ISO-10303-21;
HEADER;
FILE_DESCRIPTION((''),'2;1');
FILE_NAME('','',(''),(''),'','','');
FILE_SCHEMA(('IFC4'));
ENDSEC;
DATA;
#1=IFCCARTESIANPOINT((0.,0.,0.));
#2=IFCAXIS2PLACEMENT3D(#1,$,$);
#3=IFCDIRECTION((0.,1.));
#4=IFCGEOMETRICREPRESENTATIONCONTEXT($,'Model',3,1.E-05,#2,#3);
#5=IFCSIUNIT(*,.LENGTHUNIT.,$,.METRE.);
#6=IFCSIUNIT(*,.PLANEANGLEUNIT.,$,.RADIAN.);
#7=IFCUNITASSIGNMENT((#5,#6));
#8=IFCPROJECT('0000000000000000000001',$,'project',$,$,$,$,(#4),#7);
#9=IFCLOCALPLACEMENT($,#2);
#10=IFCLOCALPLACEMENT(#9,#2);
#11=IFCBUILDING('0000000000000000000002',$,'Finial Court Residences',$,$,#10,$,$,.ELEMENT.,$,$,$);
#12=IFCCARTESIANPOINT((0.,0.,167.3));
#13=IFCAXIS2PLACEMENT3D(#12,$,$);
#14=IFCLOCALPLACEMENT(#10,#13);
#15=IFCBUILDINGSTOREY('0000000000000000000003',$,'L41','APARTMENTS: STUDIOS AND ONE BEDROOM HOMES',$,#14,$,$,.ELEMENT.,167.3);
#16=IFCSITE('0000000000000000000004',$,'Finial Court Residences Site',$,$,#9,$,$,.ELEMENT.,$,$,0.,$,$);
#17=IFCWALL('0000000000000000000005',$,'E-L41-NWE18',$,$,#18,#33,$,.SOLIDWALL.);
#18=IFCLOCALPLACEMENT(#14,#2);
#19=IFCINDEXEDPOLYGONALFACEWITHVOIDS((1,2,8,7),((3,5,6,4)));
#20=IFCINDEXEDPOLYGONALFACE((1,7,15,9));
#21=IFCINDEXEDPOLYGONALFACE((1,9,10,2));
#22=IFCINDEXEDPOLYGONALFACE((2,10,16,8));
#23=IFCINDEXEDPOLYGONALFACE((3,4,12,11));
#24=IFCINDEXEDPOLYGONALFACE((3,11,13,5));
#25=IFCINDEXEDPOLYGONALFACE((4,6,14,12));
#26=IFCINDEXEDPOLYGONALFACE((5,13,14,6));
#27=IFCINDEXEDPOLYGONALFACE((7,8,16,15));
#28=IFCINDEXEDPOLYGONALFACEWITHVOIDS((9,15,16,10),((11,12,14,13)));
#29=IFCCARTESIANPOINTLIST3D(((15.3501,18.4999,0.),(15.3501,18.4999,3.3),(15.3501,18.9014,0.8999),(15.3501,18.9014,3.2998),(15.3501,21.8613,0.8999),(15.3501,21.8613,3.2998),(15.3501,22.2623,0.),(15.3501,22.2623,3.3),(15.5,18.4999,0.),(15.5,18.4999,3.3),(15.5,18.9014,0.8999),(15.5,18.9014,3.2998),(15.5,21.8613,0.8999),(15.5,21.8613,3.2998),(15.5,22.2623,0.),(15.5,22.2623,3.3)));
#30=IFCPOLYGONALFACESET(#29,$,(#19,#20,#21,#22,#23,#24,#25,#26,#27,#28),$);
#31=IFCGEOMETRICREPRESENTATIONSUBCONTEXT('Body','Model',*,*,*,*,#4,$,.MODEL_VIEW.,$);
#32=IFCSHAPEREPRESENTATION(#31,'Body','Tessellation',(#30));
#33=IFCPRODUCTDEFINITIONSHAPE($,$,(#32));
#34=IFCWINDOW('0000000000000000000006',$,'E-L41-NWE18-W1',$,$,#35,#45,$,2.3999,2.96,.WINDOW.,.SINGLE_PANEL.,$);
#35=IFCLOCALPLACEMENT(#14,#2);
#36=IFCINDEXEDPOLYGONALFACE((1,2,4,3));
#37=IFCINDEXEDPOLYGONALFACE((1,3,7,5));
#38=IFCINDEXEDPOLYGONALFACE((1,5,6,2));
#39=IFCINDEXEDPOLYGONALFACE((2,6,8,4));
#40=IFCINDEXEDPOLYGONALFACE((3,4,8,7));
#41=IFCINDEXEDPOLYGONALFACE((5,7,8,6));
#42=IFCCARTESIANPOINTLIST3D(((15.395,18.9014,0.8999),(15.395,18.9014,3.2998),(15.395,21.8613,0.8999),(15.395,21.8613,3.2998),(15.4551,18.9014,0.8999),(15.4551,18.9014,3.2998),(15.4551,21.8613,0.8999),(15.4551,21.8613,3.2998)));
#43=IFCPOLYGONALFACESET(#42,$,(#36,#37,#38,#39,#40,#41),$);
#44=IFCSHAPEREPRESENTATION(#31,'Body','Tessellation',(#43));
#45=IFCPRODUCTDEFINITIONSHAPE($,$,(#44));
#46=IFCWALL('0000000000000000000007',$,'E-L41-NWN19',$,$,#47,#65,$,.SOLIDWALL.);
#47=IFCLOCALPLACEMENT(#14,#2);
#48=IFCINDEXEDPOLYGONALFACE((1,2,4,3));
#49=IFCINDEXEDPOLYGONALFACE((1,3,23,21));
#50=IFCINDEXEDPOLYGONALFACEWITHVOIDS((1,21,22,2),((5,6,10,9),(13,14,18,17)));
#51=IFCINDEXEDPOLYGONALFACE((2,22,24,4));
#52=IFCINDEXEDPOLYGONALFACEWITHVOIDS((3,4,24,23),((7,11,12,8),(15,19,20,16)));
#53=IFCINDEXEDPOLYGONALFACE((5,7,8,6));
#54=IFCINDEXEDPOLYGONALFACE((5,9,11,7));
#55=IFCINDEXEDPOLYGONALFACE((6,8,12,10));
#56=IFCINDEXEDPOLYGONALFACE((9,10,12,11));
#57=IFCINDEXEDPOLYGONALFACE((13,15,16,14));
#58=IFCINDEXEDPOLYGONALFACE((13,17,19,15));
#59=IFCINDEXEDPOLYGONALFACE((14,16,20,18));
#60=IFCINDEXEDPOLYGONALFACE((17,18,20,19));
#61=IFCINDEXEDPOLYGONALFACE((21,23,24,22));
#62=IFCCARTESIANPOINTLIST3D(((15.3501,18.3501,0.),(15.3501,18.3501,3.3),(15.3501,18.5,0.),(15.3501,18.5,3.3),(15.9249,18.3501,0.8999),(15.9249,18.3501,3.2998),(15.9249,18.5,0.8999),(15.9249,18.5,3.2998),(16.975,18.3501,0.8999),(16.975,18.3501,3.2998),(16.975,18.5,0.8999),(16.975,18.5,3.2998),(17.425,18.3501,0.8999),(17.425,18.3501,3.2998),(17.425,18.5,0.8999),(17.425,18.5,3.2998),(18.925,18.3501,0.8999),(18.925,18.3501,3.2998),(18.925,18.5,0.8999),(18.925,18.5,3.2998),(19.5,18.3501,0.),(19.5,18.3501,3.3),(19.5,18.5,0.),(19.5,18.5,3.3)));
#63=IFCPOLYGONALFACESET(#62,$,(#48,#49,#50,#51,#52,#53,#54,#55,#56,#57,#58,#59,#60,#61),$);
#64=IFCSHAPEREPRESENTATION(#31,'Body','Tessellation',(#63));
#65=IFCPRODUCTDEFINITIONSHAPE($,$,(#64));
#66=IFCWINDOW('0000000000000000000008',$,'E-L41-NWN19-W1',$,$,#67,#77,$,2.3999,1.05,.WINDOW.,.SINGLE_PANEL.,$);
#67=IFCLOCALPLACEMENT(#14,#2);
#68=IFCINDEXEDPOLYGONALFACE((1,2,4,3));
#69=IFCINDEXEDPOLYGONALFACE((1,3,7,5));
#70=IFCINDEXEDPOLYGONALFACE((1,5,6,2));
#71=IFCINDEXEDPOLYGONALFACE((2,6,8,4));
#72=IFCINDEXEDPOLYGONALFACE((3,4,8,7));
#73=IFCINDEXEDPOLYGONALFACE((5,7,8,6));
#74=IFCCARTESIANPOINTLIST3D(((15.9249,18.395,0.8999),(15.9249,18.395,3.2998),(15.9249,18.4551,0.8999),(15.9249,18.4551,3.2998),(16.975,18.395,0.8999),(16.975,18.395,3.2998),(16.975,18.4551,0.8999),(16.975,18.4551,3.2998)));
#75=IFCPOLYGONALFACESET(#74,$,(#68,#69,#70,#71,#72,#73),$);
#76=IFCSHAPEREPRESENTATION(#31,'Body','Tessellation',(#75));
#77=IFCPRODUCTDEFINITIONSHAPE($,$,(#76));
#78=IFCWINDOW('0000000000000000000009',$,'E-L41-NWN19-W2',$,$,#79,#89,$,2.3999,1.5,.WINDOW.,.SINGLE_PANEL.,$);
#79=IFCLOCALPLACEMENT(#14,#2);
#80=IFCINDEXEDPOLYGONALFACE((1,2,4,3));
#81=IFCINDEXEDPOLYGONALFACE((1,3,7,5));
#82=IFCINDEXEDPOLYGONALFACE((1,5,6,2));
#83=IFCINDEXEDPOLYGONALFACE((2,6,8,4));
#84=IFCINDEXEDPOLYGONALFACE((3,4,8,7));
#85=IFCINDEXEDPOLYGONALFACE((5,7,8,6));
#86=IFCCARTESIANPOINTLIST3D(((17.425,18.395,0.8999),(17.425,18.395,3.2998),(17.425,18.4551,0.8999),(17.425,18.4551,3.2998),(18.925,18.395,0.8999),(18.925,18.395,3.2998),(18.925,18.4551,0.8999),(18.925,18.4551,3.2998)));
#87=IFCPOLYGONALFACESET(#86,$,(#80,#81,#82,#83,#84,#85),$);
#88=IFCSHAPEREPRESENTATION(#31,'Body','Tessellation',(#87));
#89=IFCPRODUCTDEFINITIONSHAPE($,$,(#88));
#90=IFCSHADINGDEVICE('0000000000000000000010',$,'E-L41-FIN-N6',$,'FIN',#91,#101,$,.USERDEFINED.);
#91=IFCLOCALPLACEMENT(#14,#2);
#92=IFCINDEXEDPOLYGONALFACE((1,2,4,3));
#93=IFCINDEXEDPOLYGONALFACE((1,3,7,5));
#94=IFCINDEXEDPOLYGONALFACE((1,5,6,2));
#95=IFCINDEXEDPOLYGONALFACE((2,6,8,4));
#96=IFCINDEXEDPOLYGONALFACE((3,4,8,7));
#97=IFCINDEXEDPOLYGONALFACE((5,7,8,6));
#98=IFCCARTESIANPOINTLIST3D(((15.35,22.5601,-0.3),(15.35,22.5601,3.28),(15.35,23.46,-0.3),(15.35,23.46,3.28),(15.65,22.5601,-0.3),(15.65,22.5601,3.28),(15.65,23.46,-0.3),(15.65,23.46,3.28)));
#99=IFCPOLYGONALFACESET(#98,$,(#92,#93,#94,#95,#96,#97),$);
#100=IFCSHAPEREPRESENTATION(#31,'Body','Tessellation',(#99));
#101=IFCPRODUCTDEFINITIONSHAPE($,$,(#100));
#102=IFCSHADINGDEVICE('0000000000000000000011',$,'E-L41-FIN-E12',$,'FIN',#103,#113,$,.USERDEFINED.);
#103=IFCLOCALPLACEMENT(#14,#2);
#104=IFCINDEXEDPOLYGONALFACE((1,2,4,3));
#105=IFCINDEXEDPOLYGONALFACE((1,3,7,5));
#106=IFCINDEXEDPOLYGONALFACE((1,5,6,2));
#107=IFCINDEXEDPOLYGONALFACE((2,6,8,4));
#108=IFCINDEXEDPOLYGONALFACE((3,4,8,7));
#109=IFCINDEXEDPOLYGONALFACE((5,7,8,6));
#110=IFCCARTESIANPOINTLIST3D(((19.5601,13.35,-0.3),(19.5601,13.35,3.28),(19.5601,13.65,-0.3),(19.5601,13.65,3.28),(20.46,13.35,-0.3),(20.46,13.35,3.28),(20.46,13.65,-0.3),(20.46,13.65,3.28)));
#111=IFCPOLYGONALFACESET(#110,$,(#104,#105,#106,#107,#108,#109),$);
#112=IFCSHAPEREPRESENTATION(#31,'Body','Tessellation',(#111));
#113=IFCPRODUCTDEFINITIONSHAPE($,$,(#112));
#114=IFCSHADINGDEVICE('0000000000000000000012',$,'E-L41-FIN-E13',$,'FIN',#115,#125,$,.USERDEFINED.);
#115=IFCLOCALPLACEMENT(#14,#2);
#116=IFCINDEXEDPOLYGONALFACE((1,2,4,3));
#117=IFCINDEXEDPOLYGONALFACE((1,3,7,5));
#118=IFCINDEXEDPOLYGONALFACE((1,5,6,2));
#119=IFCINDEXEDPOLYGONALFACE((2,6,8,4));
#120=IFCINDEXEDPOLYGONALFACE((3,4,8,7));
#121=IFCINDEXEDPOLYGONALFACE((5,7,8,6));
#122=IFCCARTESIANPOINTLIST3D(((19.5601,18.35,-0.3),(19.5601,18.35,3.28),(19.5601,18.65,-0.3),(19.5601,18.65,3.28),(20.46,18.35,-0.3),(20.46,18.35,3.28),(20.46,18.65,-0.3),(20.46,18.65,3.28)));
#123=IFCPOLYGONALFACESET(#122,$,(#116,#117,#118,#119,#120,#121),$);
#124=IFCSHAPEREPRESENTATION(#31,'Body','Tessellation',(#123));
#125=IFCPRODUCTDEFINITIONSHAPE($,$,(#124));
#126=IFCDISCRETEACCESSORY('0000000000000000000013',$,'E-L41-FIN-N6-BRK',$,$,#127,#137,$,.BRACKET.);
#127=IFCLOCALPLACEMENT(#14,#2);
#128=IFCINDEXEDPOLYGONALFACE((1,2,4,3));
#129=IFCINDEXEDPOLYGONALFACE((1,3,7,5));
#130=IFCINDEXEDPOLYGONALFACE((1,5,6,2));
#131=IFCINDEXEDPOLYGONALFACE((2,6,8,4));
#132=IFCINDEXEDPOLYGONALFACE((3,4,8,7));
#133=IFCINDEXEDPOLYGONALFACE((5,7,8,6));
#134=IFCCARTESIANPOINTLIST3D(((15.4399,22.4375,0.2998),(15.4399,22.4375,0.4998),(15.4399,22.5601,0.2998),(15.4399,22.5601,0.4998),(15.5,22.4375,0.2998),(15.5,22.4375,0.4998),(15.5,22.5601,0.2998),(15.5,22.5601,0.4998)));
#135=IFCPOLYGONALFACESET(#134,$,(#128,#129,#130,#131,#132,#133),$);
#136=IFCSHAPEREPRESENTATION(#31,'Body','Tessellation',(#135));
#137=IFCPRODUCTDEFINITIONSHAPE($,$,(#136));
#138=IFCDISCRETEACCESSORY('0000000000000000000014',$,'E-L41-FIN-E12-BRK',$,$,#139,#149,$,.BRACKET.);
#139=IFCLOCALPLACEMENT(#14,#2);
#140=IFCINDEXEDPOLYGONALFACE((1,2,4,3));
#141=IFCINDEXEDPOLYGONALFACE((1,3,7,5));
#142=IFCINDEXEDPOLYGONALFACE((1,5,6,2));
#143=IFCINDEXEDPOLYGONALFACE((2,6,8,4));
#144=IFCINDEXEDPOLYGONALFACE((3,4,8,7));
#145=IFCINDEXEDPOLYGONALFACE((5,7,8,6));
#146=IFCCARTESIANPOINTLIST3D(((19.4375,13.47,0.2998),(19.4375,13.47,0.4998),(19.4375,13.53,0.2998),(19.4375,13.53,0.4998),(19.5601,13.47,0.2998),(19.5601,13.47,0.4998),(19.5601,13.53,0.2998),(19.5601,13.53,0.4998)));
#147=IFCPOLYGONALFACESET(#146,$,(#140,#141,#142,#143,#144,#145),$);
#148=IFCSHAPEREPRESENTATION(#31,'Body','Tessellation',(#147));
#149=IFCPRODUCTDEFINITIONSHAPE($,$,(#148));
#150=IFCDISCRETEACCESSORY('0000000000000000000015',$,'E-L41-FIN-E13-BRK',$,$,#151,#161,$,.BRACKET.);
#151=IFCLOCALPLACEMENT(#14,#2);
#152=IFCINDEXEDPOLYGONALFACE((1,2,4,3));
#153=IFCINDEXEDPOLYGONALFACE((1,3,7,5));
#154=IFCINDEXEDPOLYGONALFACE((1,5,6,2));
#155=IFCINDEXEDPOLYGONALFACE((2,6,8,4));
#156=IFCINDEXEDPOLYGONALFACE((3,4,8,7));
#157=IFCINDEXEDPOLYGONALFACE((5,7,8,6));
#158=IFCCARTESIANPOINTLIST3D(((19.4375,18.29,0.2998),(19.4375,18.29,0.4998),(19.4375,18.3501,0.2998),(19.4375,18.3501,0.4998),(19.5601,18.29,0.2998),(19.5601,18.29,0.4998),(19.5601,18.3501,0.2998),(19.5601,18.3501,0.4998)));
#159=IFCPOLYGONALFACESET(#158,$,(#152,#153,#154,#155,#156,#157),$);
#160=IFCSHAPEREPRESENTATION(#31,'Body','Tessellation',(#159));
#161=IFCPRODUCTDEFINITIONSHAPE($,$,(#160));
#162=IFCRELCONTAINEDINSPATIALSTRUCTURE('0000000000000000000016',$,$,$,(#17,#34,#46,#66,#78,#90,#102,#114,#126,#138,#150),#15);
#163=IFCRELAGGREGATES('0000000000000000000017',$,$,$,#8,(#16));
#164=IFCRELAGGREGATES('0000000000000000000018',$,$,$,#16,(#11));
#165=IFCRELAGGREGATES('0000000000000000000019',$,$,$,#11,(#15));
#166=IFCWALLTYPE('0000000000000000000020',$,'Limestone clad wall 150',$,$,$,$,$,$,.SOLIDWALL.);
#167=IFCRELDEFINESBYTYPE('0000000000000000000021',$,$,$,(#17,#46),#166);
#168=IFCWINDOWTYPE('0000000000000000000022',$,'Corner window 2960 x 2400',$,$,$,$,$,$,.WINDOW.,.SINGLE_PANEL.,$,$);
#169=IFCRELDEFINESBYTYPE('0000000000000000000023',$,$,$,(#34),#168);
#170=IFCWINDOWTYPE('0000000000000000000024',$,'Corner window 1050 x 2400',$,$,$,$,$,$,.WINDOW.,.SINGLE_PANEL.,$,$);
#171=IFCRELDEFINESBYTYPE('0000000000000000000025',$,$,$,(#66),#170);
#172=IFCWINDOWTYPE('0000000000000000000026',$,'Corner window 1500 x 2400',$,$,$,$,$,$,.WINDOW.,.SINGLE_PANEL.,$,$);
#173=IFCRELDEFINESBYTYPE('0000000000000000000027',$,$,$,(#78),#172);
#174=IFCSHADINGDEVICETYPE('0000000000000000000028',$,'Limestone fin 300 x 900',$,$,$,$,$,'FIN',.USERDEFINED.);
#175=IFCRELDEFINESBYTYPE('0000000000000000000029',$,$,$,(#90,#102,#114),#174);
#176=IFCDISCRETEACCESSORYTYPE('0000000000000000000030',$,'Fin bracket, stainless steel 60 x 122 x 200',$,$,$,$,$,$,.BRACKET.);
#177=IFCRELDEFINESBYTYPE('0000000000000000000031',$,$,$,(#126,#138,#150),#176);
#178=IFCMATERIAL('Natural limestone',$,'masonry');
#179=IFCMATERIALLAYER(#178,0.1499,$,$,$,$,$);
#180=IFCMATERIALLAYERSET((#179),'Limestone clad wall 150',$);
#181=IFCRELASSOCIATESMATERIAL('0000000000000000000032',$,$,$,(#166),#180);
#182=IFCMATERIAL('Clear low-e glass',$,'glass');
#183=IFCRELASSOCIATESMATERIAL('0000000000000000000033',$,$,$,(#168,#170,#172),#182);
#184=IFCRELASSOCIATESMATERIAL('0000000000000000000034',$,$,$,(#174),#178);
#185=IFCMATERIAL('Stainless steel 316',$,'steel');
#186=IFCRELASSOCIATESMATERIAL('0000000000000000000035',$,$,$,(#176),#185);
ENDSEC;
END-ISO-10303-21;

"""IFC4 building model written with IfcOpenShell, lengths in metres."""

from ifc_helpers import new_model, si_unit, direction, frame, frame_2d, origin, origin_2d, place, context, subcontext, project, spatial, rectangle, extrude, material, layer, layer_set, type_object, element, fill, save


model = new_model("IFC4")

# Units and contexts
model_context = context("Model", 3, precision=1e-05, world=origin(), true_north=direction((0.0, 1.0)))
body_context = subcontext(model_context, "Body", "Model", "MODEL_VIEW")
ifc_project = project(units=[si_unit("LENGTHUNIT", "METRE"), si_unit("PLANEANGLEUNIT", "RADIAN")], contexts=[model_context])

# Site, building, storey
site_placement = place(None, origin())
site = spatial("IfcSite", under=ifc_project, at=site_placement, Name="Finial Court Residences Site", CompositionType="ELEMENT", RefElevation=0.0)
building_placement = place(site_placement, origin())
building = spatial("IfcBuilding", under=site, at=building_placement, Name="Finial Court Residences", CompositionType="ELEMENT")
storey_placement = place(building_placement, frame((0.0, 0.0, 167.3)))
storey = spatial("IfcBuildingStorey", under=building, at=storey_placement, Name="L41", Description="APARTMENTS: STUDIOS AND ONE BEDROOM HOMES", CompositionType="ELEMENT", Elevation=167.3)

# Shared definitions
ifc_material_1 = material(Name="Clear low-e glass", Category="glass")

# Wall, opening, window
ifc_material_2 = material(Name="Natural limestone", Category="masonry")
ifc_layer_1 = layer(ifc_material_2, 0.1499)
ifc_layer_set_1 = layer_set([ifc_layer_1], Name="Limestone clad wall 150")
wall_type_1 = type_object("IfcWallType", Name="Limestone clad wall 150", PredefinedType="SOLIDWALL", material=ifc_layer_set_1)
wall_1_placement = place(storey_placement, frame((15.425, 22.2625, 0.0), z_axis=(0.0, 0.0, 1.0), x_axis=(0.0, -1.0, 0.0)))
wall_1 = element("IfcWall", 1, at=wall_1_placement, inside=storey, type_object=wall_type_1, Name="E-L41-NWE18", PredefinedType="SOLIDWALL", context=body_context, shape_type="SweptSolid", body=[
    extrude(rectangle(XDim=3.7625, YDim=0.1499, at=frame_2d((1.8813, 0.0))), origin(), (0.0, 0.0, 1.0), 3.3),
])
opening_1_placement = place(wall_1_placement, frame((0.4011, 0.0, 0.8999)))
opening_1 = element("IfcOpeningElement", 2, at=opening_1_placement, cuts=wall_1, PredefinedType="OPENING", context=body_context, shape_type="SweptSolid", body=[
    extrude(rectangle(XDim=2.96, YDim=2.3999, at=frame_2d((1.48, 1.2))), frame((0.0, 0.085, 0.0), z_axis=(0.0, -1.0, 0.0), x_axis=(1.0, 0.0, 0.0)), (0.0, 0.0, 1.0), 0.1699),
])
window_type_1 = type_object("IfcWindowType", Name="Corner window 2960 x 2400", PartitioningType="SINGLE_PANEL", PredefinedType="WINDOW", material=ifc_material_1)
window_1_placement = place(opening_1_placement, origin())
window_1 = element("IfcWindow", 3, at=window_1_placement, inside=storey, type_object=window_type_1, Name="E-L41-NWE18-W1", OverallHeight=2.3999, OverallWidth=2.96, PartitioningType="SINGLE_PANEL", PredefinedType="WINDOW", context=body_context, shape_type="SweptSolid", body=[
    extrude(rectangle(XDim=2.96, YDim=2.3999, at=frame_2d((1.48, 1.2))), frame((0.0, 0.03, 0.0), z_axis=(0.0, -1.0, 0.0), x_axis=(1.0, 0.0, 0.0)), (0.0, 0.0, 1.0), 0.0601),
])
fill(opening_1, window_1)

# Wall, openings, windows
wall_2_placement = place(storey_placement, frame((15.3501, 18.425, 0.0), z_axis=(0.0, 0.0, 1.0), x_axis=(1.0, 0.0, 0.0)))
wall_2 = element("IfcWall", 4, at=wall_2_placement, inside=storey, type_object=wall_type_1, Name="E-L41-NWN19", PredefinedType="SOLIDWALL", context=body_context, shape_type="SweptSolid", body=[
    extrude(rectangle(XDim=4.1499, YDim=0.1499, at=frame_2d((2.075, 0.0))), origin(), (0.0, 0.0, 1.0), 3.3),
])
opening_2_placement = place(wall_2_placement, frame((0.575, 0.0, 0.8999)))
opening_2 = element("IfcOpeningElement", 5, at=opening_2_placement, cuts=wall_2, PredefinedType="OPENING", context=body_context, shape_type="SweptSolid", body=[
    extrude(rectangle(XDim=1.05, YDim=2.3999, at=frame_2d((0.5249, 1.2))), frame((0.0, 0.085, 0.0), z_axis=(0.0, -1.0, 0.0), x_axis=(1.0, 0.0, 0.0)), (0.0, 0.0, 1.0), 0.1699),
])
opening_3_placement = place(wall_2_placement, frame((2.075, 0.0, 0.8999)))
opening_3 = element("IfcOpeningElement", 6, at=opening_3_placement, cuts=wall_2, PredefinedType="OPENING", context=body_context, shape_type="SweptSolid", body=[
    extrude(rectangle(XDim=1.5, YDim=2.3999, at=frame_2d((0.75, 1.2))), frame((0.0, 0.085, 0.0), z_axis=(0.0, -1.0, 0.0), x_axis=(1.0, 0.0, 0.0)), (0.0, 0.0, 1.0), 0.1699),
])
window_type_2 = type_object("IfcWindowType", Name="Corner window 1050 x 2400", PartitioningType="SINGLE_PANEL", PredefinedType="WINDOW", material=ifc_material_1)
window_2_placement = place(opening_2_placement, origin())
window_2 = element("IfcWindow", 7, at=window_2_placement, inside=storey, type_object=window_type_2, Name="E-L41-NWN19-W1", OverallHeight=2.3999, OverallWidth=1.05, PartitioningType="SINGLE_PANEL", PredefinedType="WINDOW", context=body_context, shape_type="SweptSolid", body=[
    extrude(rectangle(XDim=1.05, YDim=2.3999, at=frame_2d((0.5249, 1.2))), frame((0.0, 0.03, 0.0), z_axis=(0.0, -1.0, 0.0), x_axis=(1.0, 0.0, 0.0)), (0.0, 0.0, 1.0), 0.0601),
])
fill(opening_2, window_2)
window_type_3 = type_object("IfcWindowType", Name="Corner window 1500 x 2400", PartitioningType="SINGLE_PANEL", PredefinedType="WINDOW", material=ifc_material_1)
window_3_placement = place(opening_3_placement, origin())
window_3 = element("IfcWindow", 8, at=window_3_placement, inside=storey, type_object=window_type_3, Name="E-L41-NWN19-W2", OverallHeight=2.3999, OverallWidth=1.5, PartitioningType="SINGLE_PANEL", PredefinedType="WINDOW", context=body_context, shape_type="SweptSolid", body=[
    extrude(rectangle(XDim=1.5, YDim=2.3999, at=frame_2d((0.75, 1.2))), frame((0.0, 0.03, 0.0), z_axis=(0.0, -1.0, 0.0), x_axis=(1.0, 0.0, 0.0)), (0.0, 0.0, 1.0), 0.0601),
])
fill(opening_3, window_3)

# Shading devices
shading_device_type = type_object("IfcShadingDeviceType", Name="Limestone fin 300 x 900", ElementType="FIN", PredefinedType="USERDEFINED", material=ifc_material_2)
shading_device_placement = place(storey_placement, frame((15.5, 23.01, -0.3), z_axis=(0.0, 0.0, 1.0), x_axis=(1.0, 0.0, 0.0)))
element("IfcShadingDevice", 9, at=shading_device_placement, inside=storey, type_object=shading_device_type, Name="E-L41-FIN-N6", ObjectType="FIN", PredefinedType="USERDEFINED", context=body_context, shape_type="SweptSolid", body=[
    extrude(rectangle(XDim=0.3, YDim=0.8999, at=origin_2d()), origin(), (0.0, 0.0, 1.0), 3.5801),
])
for number, where, z_axis, x_axis, name in (
    (10, (20.01, 13.5, -0.3), (0.0, 0.0, 1.0), (1.0, 0.0, 0.0), "E-L41-FIN-E12"),
    (11, (20.01, 18.5, -0.3), (0.0, 0.0, 1.0), (1.0, 0.0, 0.0), "E-L41-FIN-E13"),
):
    element("IfcShadingDevice", number, at=place(storey_placement, frame(where, z_axis=z_axis, x_axis=x_axis)), inside=storey, type_object=shading_device_type, Name=name, ObjectType="FIN", PredefinedType="USERDEFINED", context=body_context, shape_type="SweptSolid", body=[
        extrude(rectangle(XDim=0.8999, YDim=0.3, at=origin_2d()), origin(), (0.0, 0.0, 1.0), 3.5801),
    ])

# Discrete accessories
ifc_material_3 = material(Name="Stainless steel 316", Category="steel")
discrete_accessory_type = type_object("IfcDiscreteAccessoryType", Name="Fin bracket, stainless steel 60 x 122 x 200", PredefinedType="BRACKET", material=ifc_material_3)
discrete_accessory_placement = place(storey_placement, frame((15.47, 22.4988, 0.2998), z_axis=(0.0, 0.0, 1.0), x_axis=(1.0, 0.0, 0.0)))
element("IfcDiscreteAccessory", 12, at=discrete_accessory_placement, inside=storey, type_object=discrete_accessory_type, Name="E-L41-FIN-N6-BRK", PredefinedType="BRACKET", context=body_context, shape_type="SweptSolid", body=[
    extrude(rectangle(XDim=0.0601, YDim=0.1226, at=origin_2d()), origin(), (0.0, 0.0, 1.0), 0.2),
])
for number, where, z_axis, x_axis, name in (
    (13, (19.4988, 13.5, 0.2998), (0.0, 0.0, 1.0), (1.0, 0.0, 0.0), "E-L41-FIN-E12-BRK"),
    (14, (19.4988, 18.3201, 0.2998), (0.0, 0.0, 1.0), (1.0, 0.0, 0.0), "E-L41-FIN-E13-BRK"),
):
    element("IfcDiscreteAccessory", number, at=place(storey_placement, frame(where, z_axis=z_axis, x_axis=x_axis)), inside=storey, type_object=discrete_accessory_type, Name=name, PredefinedType="BRACKET", context=body_context, shape_type="SweptSolid", body=[
        extrude(rectangle(XDim=0.1226, YDim=0.0601, at=origin_2d()), origin(), (0.0, 0.0, 1.0), 0.2),
    ])

save(model, "model.ifc")
